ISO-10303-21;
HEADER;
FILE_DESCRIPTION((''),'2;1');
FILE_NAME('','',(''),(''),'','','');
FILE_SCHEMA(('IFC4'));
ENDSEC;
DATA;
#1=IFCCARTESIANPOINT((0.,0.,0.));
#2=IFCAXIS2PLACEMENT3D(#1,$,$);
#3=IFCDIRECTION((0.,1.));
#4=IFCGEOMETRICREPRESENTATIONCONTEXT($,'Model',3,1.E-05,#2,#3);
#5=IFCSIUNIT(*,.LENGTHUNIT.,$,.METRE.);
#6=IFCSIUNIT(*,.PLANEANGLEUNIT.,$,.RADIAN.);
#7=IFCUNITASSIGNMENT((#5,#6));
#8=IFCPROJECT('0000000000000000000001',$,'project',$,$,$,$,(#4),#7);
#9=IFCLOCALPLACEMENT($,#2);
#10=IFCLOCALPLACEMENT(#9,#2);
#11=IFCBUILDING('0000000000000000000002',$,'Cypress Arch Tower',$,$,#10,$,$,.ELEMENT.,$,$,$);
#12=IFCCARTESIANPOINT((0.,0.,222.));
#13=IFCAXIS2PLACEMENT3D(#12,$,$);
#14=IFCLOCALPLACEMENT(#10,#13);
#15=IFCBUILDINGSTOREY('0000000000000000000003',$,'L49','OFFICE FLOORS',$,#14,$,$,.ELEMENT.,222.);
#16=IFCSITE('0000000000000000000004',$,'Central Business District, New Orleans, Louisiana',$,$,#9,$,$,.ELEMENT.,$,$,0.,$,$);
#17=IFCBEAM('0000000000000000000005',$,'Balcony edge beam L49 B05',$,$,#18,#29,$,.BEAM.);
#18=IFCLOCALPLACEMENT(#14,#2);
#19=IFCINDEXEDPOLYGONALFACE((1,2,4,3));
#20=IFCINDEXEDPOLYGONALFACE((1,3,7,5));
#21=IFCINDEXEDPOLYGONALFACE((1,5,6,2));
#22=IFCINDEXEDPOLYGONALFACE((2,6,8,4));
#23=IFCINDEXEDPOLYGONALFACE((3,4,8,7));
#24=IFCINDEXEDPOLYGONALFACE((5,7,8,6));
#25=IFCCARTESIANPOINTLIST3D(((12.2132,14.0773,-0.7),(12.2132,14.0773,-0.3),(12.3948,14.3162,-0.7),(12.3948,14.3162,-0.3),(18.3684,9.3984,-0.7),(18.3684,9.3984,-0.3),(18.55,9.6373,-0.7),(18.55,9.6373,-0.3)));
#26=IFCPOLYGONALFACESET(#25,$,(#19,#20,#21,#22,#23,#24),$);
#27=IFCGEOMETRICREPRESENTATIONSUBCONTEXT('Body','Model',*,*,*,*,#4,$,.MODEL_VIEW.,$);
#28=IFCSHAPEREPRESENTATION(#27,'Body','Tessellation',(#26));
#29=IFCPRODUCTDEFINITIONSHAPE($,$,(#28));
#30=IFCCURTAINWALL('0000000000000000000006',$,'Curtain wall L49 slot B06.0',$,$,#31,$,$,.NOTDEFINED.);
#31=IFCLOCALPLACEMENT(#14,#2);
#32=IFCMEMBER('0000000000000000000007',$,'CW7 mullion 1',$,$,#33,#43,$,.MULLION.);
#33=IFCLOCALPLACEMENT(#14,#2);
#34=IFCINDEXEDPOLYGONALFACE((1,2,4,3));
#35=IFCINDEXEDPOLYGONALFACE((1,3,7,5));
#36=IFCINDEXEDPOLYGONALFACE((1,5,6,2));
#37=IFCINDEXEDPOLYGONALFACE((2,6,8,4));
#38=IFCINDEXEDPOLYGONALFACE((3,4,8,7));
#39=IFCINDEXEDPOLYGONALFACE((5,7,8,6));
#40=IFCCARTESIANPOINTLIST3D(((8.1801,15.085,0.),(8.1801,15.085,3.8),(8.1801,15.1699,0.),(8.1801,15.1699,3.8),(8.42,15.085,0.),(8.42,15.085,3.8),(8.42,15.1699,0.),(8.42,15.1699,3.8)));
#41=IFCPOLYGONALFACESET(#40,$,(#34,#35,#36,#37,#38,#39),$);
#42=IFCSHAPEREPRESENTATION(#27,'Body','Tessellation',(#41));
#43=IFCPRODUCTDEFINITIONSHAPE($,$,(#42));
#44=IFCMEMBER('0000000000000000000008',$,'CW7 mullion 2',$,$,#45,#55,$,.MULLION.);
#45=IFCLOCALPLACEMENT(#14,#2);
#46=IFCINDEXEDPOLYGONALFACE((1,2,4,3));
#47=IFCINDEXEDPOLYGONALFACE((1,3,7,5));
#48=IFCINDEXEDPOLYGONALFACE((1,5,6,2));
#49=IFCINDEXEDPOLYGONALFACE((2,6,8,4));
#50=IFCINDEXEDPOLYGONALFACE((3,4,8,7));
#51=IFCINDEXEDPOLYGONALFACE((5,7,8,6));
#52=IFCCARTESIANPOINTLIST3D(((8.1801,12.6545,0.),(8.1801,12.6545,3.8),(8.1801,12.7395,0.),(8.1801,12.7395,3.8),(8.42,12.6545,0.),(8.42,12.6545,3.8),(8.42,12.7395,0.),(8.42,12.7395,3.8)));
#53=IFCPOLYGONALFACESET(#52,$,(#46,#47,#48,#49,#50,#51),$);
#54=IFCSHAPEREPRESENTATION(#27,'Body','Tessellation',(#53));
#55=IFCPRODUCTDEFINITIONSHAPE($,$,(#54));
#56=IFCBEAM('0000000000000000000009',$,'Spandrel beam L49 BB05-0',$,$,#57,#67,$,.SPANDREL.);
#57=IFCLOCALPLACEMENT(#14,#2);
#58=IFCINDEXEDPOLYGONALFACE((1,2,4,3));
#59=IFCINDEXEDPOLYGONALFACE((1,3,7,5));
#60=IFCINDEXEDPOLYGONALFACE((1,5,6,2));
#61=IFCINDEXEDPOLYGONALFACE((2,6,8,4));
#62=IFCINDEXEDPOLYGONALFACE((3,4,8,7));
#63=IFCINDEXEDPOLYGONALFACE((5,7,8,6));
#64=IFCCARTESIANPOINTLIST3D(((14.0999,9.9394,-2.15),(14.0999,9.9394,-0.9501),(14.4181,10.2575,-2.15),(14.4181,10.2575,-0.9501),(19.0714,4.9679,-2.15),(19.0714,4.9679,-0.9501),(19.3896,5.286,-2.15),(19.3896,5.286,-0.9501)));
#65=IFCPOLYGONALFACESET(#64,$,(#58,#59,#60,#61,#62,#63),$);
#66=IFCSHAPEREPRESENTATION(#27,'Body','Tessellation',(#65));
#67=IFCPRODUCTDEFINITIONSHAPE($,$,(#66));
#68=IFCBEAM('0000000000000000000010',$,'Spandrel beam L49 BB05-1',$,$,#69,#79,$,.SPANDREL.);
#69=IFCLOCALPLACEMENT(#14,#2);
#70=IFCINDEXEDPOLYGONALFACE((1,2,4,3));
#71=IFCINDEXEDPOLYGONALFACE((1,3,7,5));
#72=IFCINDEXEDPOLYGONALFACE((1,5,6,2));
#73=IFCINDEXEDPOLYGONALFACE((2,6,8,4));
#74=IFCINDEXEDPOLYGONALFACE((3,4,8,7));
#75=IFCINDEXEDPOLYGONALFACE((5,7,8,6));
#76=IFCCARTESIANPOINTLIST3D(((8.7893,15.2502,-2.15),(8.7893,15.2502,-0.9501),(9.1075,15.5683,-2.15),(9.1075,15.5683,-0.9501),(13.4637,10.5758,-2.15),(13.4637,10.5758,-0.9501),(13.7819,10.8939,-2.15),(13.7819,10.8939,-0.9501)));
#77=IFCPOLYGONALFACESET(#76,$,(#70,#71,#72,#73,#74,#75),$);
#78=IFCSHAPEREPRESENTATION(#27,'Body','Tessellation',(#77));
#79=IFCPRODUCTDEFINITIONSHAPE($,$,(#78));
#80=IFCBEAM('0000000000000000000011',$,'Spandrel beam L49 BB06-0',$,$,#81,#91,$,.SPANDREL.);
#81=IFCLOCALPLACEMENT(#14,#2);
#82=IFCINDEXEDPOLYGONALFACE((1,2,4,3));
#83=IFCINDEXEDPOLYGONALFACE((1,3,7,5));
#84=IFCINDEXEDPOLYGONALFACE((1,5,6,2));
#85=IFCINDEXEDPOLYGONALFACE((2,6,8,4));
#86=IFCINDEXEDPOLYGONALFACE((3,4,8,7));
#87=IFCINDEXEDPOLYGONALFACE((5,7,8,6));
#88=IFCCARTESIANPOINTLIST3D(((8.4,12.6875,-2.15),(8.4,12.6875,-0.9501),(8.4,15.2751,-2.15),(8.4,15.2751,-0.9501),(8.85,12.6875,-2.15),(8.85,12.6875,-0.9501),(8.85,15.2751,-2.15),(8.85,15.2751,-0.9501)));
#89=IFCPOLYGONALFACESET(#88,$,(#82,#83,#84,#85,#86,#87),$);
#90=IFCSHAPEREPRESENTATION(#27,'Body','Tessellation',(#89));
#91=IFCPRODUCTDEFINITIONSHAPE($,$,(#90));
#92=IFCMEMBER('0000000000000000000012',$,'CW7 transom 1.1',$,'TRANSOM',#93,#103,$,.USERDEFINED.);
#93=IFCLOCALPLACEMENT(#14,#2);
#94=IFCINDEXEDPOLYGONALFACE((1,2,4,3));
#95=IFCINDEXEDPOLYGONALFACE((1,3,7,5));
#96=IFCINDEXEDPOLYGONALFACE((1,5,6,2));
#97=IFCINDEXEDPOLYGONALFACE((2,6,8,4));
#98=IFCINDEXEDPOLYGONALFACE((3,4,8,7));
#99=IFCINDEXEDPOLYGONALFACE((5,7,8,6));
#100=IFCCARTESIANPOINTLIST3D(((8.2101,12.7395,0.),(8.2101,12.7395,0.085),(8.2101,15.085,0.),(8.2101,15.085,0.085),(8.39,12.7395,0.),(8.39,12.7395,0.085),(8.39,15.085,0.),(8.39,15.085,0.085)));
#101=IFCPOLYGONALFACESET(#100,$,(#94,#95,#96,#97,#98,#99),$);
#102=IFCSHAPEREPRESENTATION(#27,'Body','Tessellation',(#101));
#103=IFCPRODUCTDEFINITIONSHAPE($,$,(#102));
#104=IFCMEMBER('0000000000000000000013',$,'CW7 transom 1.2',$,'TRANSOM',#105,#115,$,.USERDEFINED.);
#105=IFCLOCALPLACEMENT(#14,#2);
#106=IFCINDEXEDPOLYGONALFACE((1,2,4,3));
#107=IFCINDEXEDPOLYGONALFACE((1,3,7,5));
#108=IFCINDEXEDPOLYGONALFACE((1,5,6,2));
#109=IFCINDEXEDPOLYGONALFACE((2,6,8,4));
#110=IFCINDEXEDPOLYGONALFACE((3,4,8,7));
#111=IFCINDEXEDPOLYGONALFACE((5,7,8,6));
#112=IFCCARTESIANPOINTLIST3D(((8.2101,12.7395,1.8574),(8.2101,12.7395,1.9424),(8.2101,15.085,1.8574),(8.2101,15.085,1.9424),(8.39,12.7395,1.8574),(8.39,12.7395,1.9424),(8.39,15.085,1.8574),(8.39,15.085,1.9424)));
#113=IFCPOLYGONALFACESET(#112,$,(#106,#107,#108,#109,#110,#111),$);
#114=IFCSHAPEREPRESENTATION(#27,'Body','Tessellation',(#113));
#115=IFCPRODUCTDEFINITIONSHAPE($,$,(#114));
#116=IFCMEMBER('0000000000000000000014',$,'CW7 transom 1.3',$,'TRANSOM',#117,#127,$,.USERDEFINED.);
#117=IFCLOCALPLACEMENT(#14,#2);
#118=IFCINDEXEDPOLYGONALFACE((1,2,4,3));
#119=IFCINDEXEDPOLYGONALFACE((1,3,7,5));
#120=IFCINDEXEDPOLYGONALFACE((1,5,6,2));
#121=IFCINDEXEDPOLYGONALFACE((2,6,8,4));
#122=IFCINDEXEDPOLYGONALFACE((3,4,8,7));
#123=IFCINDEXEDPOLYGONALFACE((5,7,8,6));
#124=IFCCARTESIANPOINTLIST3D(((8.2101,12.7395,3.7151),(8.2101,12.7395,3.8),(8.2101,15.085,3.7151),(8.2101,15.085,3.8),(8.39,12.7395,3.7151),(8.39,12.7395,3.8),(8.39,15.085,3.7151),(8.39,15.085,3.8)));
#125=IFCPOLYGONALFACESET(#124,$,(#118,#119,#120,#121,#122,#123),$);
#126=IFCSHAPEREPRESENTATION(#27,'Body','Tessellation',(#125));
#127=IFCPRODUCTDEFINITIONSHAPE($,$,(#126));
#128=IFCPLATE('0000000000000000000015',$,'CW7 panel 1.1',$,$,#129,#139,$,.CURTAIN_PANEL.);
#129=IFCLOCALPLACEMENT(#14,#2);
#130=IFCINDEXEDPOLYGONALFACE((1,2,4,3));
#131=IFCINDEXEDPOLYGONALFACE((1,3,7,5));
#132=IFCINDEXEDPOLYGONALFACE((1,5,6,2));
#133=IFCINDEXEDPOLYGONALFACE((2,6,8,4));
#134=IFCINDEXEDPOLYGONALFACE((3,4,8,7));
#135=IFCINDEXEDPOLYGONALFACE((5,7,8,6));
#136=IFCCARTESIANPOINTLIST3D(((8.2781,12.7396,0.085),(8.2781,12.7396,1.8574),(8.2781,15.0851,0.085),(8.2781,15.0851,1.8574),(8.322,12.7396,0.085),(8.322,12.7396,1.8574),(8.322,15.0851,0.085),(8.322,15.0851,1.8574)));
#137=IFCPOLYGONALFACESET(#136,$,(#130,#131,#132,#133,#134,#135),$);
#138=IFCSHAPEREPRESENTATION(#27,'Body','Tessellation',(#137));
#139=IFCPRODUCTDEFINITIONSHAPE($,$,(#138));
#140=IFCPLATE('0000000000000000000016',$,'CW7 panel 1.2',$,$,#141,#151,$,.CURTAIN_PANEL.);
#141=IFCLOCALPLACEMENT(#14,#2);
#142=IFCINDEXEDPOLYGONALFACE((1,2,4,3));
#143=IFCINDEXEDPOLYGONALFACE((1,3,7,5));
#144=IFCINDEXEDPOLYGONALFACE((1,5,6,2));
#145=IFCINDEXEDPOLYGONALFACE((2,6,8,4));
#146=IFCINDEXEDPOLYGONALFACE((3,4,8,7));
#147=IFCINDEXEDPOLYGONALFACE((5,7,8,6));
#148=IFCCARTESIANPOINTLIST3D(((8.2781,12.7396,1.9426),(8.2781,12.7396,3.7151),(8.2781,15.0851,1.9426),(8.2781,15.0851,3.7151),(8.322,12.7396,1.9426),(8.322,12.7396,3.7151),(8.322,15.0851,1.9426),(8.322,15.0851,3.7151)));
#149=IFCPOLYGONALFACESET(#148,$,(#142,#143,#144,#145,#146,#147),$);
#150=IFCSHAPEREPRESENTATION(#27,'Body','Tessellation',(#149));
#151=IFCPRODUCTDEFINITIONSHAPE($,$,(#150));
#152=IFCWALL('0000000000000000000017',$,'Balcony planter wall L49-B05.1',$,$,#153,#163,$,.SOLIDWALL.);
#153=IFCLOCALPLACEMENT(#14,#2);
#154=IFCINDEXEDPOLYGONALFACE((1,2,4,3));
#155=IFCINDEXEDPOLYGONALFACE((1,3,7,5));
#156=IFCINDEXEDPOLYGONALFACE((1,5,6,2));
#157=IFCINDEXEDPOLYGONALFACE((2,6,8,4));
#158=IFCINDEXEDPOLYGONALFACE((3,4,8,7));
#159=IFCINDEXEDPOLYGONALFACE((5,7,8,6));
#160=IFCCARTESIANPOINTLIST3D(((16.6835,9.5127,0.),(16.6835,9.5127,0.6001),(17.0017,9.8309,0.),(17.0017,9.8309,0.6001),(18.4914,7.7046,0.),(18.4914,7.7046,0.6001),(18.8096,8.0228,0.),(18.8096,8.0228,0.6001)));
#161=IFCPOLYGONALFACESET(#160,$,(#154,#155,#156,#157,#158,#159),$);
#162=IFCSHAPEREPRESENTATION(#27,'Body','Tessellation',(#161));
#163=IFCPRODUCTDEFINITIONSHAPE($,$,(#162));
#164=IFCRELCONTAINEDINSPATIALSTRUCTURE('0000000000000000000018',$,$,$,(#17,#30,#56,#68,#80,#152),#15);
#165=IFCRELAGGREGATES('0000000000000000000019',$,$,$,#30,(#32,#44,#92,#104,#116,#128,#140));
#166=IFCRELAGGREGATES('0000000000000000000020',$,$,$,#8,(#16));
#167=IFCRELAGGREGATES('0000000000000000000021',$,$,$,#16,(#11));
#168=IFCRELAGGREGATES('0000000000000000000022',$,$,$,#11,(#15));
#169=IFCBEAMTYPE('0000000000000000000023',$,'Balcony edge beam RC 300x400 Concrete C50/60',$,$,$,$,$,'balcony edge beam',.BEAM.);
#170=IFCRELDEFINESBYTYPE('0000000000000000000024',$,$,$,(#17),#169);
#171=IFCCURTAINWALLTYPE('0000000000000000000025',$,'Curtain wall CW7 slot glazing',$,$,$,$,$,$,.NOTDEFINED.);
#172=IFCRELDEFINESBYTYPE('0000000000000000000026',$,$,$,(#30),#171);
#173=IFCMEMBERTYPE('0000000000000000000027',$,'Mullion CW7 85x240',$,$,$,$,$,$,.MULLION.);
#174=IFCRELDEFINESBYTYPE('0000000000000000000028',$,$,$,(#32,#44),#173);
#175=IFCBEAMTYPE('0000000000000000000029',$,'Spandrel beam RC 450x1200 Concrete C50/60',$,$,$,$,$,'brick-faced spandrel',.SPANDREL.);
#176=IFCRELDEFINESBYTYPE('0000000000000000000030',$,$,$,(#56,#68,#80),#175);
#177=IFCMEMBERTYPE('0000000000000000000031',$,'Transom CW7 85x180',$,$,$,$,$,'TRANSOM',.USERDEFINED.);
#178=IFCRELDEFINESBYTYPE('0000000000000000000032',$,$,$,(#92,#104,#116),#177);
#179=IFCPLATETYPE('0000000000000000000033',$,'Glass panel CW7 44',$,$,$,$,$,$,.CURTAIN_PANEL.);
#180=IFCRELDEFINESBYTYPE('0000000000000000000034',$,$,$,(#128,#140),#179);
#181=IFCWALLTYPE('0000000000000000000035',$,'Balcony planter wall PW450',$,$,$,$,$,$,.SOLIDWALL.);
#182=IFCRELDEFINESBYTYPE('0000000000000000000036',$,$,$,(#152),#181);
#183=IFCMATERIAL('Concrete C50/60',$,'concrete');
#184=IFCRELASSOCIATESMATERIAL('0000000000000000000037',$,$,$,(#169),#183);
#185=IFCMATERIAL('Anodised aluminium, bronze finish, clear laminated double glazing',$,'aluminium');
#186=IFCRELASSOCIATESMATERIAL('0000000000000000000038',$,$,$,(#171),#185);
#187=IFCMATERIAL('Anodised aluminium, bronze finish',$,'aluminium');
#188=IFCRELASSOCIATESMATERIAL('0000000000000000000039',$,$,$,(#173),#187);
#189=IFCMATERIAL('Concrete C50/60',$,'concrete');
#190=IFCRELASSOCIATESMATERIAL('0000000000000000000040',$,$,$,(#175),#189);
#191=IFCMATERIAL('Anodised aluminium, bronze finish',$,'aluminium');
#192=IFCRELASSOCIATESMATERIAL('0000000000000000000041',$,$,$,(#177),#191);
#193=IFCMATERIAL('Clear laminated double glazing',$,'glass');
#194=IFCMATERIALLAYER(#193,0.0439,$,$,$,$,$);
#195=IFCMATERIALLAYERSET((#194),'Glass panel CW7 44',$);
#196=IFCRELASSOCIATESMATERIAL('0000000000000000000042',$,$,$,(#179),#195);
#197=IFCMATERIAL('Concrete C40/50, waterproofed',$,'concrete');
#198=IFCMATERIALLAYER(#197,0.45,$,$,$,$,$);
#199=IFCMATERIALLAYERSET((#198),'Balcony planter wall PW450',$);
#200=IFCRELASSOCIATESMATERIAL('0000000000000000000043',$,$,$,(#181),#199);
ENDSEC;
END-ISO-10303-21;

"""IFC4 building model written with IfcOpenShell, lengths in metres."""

from ifc_helpers import new_model, si_unit, direction, frame, frame_2d, origin, origin_2d, place, context, subcontext, project, spatial, rectangle, extrude, material, layer, layer_set, material_profile, profile_set, type_object, element, aggregate, save


model = new_model("IFC4")

# Units and contexts
model_context = context("Model", 3, precision=1e-05, world=origin(), true_north=direction((0.0, 1.0)))
body_context = subcontext(model_context, "Body", "Model", "MODEL_VIEW")
ifc_project = project(units=[si_unit("LENGTHUNIT", "METRE"), si_unit("PLANEANGLEUNIT", "RADIAN")], contexts=[model_context])

# Site, building, storey
site_placement = place(None, origin())
site = spatial("IfcSite", under=ifc_project, at=site_placement, Name="Central Business District, New Orleans, Louisiana", CompositionType="ELEMENT", RefElevation=0.0)
building_placement = place(site_placement, origin())
building = spatial("IfcBuilding", under=site, at=building_placement, Name="Cypress Arch Tower", CompositionType="ELEMENT")
storey_placement = place(building_placement, frame((0.0, 0.0, 222.0)))
storey = spatial("IfcBuildingStorey", under=building, at=storey_placement, Name="L49", Description="OFFICE FLOORS", CompositionType="ELEMENT", Elevation=222.0)

# Beam
ifc_material_1 = material(Name="Concrete C50/60", Category="concrete")
ifc_material_profile_1 = material_profile(ifc_material_1, rectangle(XDim=0.3, YDim=0.3999, at=origin_2d()), Name="RC 300x400")
ifc_profile_set_1 = profile_set([ifc_material_profile_1], Name="Concrete C50/60")
beam_type_1 = type_object("IfcBeamType", Name="Balcony edge beam RC 300x400 Concrete C50/60", ElementType="balcony edge beam", PredefinedType="BEAM", material=ifc_profile_set_1)
beam_1_placement = place(storey_placement, frame((18.4592, 9.5178, -0.5), z_axis=(-0.796103, 0.605161, 0.0), x_axis=(-0.605161, -0.796103, 0.0)))
element("IfcBeam", 1, at=beam_1_placement, inside=storey, type_object=beam_type_1, Name="Balcony edge beam L49 B05", PredefinedType="BEAM", context=body_context, shape_type="SweptSolid", body=[
    extrude(rectangle(XDim=0.3, YDim=0.3999, at=origin_2d()), origin(), (0.0, 0.0, 1.0), 7.7317),
])

# Curtain wall, members
ifc_material_2 = material(Name="Anodised aluminium, bronze finish, clear laminated double glazing", Category="aluminium")
curtain_wall_type = type_object("IfcCurtainWallType", Name="Curtain wall CW7 slot glazing", PredefinedType="NOTDEFINED", material=ifc_material_2)
curtain_wall_placement = place(storey_placement, origin())
curtain_wall = element("IfcCurtainWall", 2, at=curtain_wall_placement, inside=storey, type_object=curtain_wall_type, Name="Curtain wall L49 slot B06.0", PredefinedType="NOTDEFINED")
ifc_material_3 = material(Name="Anodised aluminium, bronze finish", Category="aluminium")
ifc_material_profile_2 = material_profile(ifc_material_3, rectangle(XDim=0.24, YDim=0.085, at=origin_2d()), Name="Mullion 85x240")
ifc_profile_set_2 = profile_set([ifc_material_profile_2], Name="Anodised aluminium, bronze finish")
member_type_1 = type_object("IfcMemberType", Name="Mullion CW7 85x240", PredefinedType="MULLION", material=ifc_profile_set_2)
member_1_placement = place(storey_placement, frame((8.3, 15.1274, 0.0), z_axis=(0.0, 0.0, 1.0), x_axis=(1.0, 0.0, 0.0)))
member_1 = element("IfcMember", 3, at=member_1_placement, type_object=member_type_1, Name="CW7 mullion 1", PredefinedType="MULLION", context=body_context, shape_type="SweptSolid", body=[
    extrude(rectangle(XDim=0.24, YDim=0.085, at=origin_2d()), origin(), (0.0, 0.0, 1.0), 3.8),
])
member_2_placement = place(storey_placement, frame((8.3, 12.697, 0.0), z_axis=(0.0, 0.0, 1.0), x_axis=(1.0, 0.0, 0.0)))
member_2 = element("IfcMember", 4, at=member_2_placement, type_object=member_type_1, Name="CW7 mullion 2", PredefinedType="MULLION", context=body_context, shape_type="SweptSolid", body=[
    extrude(rectangle(XDim=0.24, YDim=0.085, at=origin_2d()), origin(), (0.0, 0.0, 1.0), 3.8),
])

# Beams
ifc_material_4 = material(Name="Concrete C50/60", Category="concrete")
ifc_material_profile_3 = material_profile(ifc_material_4, rectangle(XDim=0.45, YDim=1.2, at=origin_2d()), Name="RC 450x1200")
ifc_profile_set_3 = profile_set([ifc_material_profile_3], Name="Concrete C50/60")
beam_type_2 = type_object("IfcBeamType", Name="Spandrel beam RC 450x1200 Concrete C50/60", ElementType="brick-faced spandrel", PredefinedType="SPANDREL", material=ifc_profile_set_3)
beam_2_placement = place(storey_placement, frame((19.2305, 5.127, -1.55), z_axis=(-0.707107, 0.707107, 0.0), x_axis=(-0.707107, -0.707107, 0.0)))
element("IfcBeam", 5, at=beam_2_placement, inside=storey, type_object=beam_type_2, Name="Spandrel beam L49 BB05-0", PredefinedType="SPANDREL", context=body_context, shape_type="SweptSolid", body=[
    extrude(rectangle(XDim=0.45, YDim=1.2, at=origin_2d()), origin(), (0.0, 0.0, 1.0), 7.0308),
])
beam_3_placement = place(storey_placement, frame((13.6228, 10.7349, -1.55), z_axis=(-0.707107, 0.707107, 0.0), x_axis=(-0.707107, -0.707107, 0.0)))
element("IfcBeam", 6, at=beam_3_placement, inside=storey, type_object=beam_type_2, Name="Spandrel beam L49 BB05-1", PredefinedType="SPANDREL", context=body_context, shape_type="SweptSolid", body=[
    extrude(rectangle(XDim=0.45, YDim=1.2, at=origin_2d()), origin(), (0.0, 0.0, 1.0), 6.6106),
])
beam_4_placement = place(storey_placement, frame((8.625, 15.2751, -1.55), z_axis=(0.0, -1.0, 0.0), x_axis=(1.0, 0.0, 0.0)))
element("IfcBeam", 7, at=beam_4_placement, inside=storey, type_object=beam_type_2, Name="Spandrel beam L49 BB06-0", PredefinedType="SPANDREL", context=body_context, shape_type="SweptSolid", body=[
    extrude(rectangle(XDim=0.45, YDim=1.2, at=origin_2d()), origin(), (0.0, 0.0, 1.0), 2.5876),
])

# Members
ifc_material_5 = material(Name="Anodised aluminium, bronze finish", Category="aluminium")
ifc_material_profile_4 = material_profile(ifc_material_5, rectangle(XDim=0.1799, YDim=0.085, at=origin_2d()), Name="Transom 85x180")
ifc_profile_set_4 = profile_set([ifc_material_profile_4], Name="Anodised aluminium, bronze finish")
member_type_2 = type_object("IfcMemberType", Name="Transom CW7 85x180", ElementType="TRANSOM", PredefinedType="USERDEFINED", material=ifc_profile_set_4)
member_3_placement = place(storey_placement, frame((8.3, 15.085, 0.0425), z_axis=(0.0, -1.0, 0.0), x_axis=(1.0, 0.0, 0.0)))
member_3 = element("IfcMember", 8, at=member_3_placement, type_object=member_type_2, Name="CW7 transom 1.1", ObjectType="TRANSOM", PredefinedType="USERDEFINED", context=body_context, shape_type="SweptSolid", body=[
    extrude(rectangle(XDim=0.1799, YDim=0.085, at=origin_2d()), origin(), (0.0, 0.0, 1.0), 2.3455),
])
member_4_placement = place(storey_placement, frame((8.3, 15.085, 1.8999), z_axis=(0.0, -1.0, 0.0), x_axis=(1.0, 0.0, 0.0)))
member_4 = element("IfcMember", 9, at=member_4_placement, type_object=member_type_2, Name="CW7 transom 1.2", ObjectType="TRANSOM", PredefinedType="USERDEFINED", context=body_context, shape_type="SweptSolid", body=[
    extrude(rectangle(XDim=0.1799, YDim=0.085, at=origin_2d()), origin(), (0.0, 0.0, 1.0), 2.3455),
])
member_5_placement = place(storey_placement, frame((8.3, 15.085, 3.7576), z_axis=(0.0, -1.0, 0.0), x_axis=(1.0, 0.0, 0.0)))
member_5 = element("IfcMember", 10, at=member_5_placement, type_object=member_type_2, Name="CW7 transom 1.3", ObjectType="TRANSOM", PredefinedType="USERDEFINED", context=body_context, shape_type="SweptSolid", body=[
    extrude(rectangle(XDim=0.1799, YDim=0.085, at=origin_2d()), origin(), (0.0, 0.0, 1.0), 2.3455),
])

# Plates
ifc_material_6 = material(Name="Clear laminated double glazing", Category="glass")
ifc_layer_1 = layer(ifc_material_6, 0.0439)
ifc_layer_set_1 = layer_set([ifc_layer_1], Name="Glass panel CW7 44")
plate_type = type_object("IfcPlateType", Name="Glass panel CW7 44", PredefinedType="CURTAIN_PANEL", material=ifc_layer_set_1)
plate_1_placement = place(storey_placement, frame((8.3, 13.9124, 0.085), z_axis=(0.0, 0.0, 1.0), x_axis=(0.0, -1.0, 0.0)))
plate_1 = element("IfcPlate", 11, at=plate_1_placement, type_object=plate_type, Name="CW7 panel 1.1", PredefinedType="CURTAIN_PANEL", context=body_context, shape_type="SweptSolid", body=[
    extrude(rectangle(XDim=2.3455, YDim=0.0439, at=origin_2d()), origin(), (0.0, 0.0, 1.0), 1.7725),
])
plate_2_placement = place(storey_placement, frame((8.3, 13.9124, 1.9426), z_axis=(0.0, 0.0, 1.0), x_axis=(0.0, -1.0, 0.0)))
plate_2 = element("IfcPlate", 12, at=plate_2_placement, type_object=plate_type, Name="CW7 panel 1.2", PredefinedType="CURTAIN_PANEL", context=body_context, shape_type="SweptSolid", body=[
    extrude(rectangle(XDim=2.3455, YDim=0.0439, at=origin_2d()), origin(), (0.0, 0.0, 1.0), 1.7725),
])
aggregate(curtain_wall, [member_1, member_2, member_3, member_4, member_5, plate_1, plate_2])

# Wall
ifc_material_7 = material(Name="Concrete C40/50, waterproofed", Category="concrete")
ifc_layer_2 = layer(ifc_material_7, 0.45)
ifc_layer_set_2 = layer_set([ifc_layer_2], Name="Balcony planter wall PW450")
wall_type_1 = type_object("IfcWallType", Name="Balcony planter wall PW450", PredefinedType="SOLIDWALL", material=ifc_layer_set_2)
wall_1_placement = place(storey_placement, frame((18.6504, 7.8638, 0.0), z_axis=(0.0, 0.0, 1.0), x_axis=(-0.707059, 0.707155, 0.0)))
element("IfcWall", 13, at=wall_1_placement, inside=storey, type_object=wall_type_1, Name="Balcony planter wall L49-B05.1", PredefinedType="SOLIDWALL", context=body_context, shape_type="SweptSolid", body=[
    extrude(rectangle(XDim=2.5569, YDim=0.45, at=frame_2d((1.2783, 0.0))), origin(), (0.0, 0.0, 1.0), 0.6001),
])

save(model, "model.ifc")
